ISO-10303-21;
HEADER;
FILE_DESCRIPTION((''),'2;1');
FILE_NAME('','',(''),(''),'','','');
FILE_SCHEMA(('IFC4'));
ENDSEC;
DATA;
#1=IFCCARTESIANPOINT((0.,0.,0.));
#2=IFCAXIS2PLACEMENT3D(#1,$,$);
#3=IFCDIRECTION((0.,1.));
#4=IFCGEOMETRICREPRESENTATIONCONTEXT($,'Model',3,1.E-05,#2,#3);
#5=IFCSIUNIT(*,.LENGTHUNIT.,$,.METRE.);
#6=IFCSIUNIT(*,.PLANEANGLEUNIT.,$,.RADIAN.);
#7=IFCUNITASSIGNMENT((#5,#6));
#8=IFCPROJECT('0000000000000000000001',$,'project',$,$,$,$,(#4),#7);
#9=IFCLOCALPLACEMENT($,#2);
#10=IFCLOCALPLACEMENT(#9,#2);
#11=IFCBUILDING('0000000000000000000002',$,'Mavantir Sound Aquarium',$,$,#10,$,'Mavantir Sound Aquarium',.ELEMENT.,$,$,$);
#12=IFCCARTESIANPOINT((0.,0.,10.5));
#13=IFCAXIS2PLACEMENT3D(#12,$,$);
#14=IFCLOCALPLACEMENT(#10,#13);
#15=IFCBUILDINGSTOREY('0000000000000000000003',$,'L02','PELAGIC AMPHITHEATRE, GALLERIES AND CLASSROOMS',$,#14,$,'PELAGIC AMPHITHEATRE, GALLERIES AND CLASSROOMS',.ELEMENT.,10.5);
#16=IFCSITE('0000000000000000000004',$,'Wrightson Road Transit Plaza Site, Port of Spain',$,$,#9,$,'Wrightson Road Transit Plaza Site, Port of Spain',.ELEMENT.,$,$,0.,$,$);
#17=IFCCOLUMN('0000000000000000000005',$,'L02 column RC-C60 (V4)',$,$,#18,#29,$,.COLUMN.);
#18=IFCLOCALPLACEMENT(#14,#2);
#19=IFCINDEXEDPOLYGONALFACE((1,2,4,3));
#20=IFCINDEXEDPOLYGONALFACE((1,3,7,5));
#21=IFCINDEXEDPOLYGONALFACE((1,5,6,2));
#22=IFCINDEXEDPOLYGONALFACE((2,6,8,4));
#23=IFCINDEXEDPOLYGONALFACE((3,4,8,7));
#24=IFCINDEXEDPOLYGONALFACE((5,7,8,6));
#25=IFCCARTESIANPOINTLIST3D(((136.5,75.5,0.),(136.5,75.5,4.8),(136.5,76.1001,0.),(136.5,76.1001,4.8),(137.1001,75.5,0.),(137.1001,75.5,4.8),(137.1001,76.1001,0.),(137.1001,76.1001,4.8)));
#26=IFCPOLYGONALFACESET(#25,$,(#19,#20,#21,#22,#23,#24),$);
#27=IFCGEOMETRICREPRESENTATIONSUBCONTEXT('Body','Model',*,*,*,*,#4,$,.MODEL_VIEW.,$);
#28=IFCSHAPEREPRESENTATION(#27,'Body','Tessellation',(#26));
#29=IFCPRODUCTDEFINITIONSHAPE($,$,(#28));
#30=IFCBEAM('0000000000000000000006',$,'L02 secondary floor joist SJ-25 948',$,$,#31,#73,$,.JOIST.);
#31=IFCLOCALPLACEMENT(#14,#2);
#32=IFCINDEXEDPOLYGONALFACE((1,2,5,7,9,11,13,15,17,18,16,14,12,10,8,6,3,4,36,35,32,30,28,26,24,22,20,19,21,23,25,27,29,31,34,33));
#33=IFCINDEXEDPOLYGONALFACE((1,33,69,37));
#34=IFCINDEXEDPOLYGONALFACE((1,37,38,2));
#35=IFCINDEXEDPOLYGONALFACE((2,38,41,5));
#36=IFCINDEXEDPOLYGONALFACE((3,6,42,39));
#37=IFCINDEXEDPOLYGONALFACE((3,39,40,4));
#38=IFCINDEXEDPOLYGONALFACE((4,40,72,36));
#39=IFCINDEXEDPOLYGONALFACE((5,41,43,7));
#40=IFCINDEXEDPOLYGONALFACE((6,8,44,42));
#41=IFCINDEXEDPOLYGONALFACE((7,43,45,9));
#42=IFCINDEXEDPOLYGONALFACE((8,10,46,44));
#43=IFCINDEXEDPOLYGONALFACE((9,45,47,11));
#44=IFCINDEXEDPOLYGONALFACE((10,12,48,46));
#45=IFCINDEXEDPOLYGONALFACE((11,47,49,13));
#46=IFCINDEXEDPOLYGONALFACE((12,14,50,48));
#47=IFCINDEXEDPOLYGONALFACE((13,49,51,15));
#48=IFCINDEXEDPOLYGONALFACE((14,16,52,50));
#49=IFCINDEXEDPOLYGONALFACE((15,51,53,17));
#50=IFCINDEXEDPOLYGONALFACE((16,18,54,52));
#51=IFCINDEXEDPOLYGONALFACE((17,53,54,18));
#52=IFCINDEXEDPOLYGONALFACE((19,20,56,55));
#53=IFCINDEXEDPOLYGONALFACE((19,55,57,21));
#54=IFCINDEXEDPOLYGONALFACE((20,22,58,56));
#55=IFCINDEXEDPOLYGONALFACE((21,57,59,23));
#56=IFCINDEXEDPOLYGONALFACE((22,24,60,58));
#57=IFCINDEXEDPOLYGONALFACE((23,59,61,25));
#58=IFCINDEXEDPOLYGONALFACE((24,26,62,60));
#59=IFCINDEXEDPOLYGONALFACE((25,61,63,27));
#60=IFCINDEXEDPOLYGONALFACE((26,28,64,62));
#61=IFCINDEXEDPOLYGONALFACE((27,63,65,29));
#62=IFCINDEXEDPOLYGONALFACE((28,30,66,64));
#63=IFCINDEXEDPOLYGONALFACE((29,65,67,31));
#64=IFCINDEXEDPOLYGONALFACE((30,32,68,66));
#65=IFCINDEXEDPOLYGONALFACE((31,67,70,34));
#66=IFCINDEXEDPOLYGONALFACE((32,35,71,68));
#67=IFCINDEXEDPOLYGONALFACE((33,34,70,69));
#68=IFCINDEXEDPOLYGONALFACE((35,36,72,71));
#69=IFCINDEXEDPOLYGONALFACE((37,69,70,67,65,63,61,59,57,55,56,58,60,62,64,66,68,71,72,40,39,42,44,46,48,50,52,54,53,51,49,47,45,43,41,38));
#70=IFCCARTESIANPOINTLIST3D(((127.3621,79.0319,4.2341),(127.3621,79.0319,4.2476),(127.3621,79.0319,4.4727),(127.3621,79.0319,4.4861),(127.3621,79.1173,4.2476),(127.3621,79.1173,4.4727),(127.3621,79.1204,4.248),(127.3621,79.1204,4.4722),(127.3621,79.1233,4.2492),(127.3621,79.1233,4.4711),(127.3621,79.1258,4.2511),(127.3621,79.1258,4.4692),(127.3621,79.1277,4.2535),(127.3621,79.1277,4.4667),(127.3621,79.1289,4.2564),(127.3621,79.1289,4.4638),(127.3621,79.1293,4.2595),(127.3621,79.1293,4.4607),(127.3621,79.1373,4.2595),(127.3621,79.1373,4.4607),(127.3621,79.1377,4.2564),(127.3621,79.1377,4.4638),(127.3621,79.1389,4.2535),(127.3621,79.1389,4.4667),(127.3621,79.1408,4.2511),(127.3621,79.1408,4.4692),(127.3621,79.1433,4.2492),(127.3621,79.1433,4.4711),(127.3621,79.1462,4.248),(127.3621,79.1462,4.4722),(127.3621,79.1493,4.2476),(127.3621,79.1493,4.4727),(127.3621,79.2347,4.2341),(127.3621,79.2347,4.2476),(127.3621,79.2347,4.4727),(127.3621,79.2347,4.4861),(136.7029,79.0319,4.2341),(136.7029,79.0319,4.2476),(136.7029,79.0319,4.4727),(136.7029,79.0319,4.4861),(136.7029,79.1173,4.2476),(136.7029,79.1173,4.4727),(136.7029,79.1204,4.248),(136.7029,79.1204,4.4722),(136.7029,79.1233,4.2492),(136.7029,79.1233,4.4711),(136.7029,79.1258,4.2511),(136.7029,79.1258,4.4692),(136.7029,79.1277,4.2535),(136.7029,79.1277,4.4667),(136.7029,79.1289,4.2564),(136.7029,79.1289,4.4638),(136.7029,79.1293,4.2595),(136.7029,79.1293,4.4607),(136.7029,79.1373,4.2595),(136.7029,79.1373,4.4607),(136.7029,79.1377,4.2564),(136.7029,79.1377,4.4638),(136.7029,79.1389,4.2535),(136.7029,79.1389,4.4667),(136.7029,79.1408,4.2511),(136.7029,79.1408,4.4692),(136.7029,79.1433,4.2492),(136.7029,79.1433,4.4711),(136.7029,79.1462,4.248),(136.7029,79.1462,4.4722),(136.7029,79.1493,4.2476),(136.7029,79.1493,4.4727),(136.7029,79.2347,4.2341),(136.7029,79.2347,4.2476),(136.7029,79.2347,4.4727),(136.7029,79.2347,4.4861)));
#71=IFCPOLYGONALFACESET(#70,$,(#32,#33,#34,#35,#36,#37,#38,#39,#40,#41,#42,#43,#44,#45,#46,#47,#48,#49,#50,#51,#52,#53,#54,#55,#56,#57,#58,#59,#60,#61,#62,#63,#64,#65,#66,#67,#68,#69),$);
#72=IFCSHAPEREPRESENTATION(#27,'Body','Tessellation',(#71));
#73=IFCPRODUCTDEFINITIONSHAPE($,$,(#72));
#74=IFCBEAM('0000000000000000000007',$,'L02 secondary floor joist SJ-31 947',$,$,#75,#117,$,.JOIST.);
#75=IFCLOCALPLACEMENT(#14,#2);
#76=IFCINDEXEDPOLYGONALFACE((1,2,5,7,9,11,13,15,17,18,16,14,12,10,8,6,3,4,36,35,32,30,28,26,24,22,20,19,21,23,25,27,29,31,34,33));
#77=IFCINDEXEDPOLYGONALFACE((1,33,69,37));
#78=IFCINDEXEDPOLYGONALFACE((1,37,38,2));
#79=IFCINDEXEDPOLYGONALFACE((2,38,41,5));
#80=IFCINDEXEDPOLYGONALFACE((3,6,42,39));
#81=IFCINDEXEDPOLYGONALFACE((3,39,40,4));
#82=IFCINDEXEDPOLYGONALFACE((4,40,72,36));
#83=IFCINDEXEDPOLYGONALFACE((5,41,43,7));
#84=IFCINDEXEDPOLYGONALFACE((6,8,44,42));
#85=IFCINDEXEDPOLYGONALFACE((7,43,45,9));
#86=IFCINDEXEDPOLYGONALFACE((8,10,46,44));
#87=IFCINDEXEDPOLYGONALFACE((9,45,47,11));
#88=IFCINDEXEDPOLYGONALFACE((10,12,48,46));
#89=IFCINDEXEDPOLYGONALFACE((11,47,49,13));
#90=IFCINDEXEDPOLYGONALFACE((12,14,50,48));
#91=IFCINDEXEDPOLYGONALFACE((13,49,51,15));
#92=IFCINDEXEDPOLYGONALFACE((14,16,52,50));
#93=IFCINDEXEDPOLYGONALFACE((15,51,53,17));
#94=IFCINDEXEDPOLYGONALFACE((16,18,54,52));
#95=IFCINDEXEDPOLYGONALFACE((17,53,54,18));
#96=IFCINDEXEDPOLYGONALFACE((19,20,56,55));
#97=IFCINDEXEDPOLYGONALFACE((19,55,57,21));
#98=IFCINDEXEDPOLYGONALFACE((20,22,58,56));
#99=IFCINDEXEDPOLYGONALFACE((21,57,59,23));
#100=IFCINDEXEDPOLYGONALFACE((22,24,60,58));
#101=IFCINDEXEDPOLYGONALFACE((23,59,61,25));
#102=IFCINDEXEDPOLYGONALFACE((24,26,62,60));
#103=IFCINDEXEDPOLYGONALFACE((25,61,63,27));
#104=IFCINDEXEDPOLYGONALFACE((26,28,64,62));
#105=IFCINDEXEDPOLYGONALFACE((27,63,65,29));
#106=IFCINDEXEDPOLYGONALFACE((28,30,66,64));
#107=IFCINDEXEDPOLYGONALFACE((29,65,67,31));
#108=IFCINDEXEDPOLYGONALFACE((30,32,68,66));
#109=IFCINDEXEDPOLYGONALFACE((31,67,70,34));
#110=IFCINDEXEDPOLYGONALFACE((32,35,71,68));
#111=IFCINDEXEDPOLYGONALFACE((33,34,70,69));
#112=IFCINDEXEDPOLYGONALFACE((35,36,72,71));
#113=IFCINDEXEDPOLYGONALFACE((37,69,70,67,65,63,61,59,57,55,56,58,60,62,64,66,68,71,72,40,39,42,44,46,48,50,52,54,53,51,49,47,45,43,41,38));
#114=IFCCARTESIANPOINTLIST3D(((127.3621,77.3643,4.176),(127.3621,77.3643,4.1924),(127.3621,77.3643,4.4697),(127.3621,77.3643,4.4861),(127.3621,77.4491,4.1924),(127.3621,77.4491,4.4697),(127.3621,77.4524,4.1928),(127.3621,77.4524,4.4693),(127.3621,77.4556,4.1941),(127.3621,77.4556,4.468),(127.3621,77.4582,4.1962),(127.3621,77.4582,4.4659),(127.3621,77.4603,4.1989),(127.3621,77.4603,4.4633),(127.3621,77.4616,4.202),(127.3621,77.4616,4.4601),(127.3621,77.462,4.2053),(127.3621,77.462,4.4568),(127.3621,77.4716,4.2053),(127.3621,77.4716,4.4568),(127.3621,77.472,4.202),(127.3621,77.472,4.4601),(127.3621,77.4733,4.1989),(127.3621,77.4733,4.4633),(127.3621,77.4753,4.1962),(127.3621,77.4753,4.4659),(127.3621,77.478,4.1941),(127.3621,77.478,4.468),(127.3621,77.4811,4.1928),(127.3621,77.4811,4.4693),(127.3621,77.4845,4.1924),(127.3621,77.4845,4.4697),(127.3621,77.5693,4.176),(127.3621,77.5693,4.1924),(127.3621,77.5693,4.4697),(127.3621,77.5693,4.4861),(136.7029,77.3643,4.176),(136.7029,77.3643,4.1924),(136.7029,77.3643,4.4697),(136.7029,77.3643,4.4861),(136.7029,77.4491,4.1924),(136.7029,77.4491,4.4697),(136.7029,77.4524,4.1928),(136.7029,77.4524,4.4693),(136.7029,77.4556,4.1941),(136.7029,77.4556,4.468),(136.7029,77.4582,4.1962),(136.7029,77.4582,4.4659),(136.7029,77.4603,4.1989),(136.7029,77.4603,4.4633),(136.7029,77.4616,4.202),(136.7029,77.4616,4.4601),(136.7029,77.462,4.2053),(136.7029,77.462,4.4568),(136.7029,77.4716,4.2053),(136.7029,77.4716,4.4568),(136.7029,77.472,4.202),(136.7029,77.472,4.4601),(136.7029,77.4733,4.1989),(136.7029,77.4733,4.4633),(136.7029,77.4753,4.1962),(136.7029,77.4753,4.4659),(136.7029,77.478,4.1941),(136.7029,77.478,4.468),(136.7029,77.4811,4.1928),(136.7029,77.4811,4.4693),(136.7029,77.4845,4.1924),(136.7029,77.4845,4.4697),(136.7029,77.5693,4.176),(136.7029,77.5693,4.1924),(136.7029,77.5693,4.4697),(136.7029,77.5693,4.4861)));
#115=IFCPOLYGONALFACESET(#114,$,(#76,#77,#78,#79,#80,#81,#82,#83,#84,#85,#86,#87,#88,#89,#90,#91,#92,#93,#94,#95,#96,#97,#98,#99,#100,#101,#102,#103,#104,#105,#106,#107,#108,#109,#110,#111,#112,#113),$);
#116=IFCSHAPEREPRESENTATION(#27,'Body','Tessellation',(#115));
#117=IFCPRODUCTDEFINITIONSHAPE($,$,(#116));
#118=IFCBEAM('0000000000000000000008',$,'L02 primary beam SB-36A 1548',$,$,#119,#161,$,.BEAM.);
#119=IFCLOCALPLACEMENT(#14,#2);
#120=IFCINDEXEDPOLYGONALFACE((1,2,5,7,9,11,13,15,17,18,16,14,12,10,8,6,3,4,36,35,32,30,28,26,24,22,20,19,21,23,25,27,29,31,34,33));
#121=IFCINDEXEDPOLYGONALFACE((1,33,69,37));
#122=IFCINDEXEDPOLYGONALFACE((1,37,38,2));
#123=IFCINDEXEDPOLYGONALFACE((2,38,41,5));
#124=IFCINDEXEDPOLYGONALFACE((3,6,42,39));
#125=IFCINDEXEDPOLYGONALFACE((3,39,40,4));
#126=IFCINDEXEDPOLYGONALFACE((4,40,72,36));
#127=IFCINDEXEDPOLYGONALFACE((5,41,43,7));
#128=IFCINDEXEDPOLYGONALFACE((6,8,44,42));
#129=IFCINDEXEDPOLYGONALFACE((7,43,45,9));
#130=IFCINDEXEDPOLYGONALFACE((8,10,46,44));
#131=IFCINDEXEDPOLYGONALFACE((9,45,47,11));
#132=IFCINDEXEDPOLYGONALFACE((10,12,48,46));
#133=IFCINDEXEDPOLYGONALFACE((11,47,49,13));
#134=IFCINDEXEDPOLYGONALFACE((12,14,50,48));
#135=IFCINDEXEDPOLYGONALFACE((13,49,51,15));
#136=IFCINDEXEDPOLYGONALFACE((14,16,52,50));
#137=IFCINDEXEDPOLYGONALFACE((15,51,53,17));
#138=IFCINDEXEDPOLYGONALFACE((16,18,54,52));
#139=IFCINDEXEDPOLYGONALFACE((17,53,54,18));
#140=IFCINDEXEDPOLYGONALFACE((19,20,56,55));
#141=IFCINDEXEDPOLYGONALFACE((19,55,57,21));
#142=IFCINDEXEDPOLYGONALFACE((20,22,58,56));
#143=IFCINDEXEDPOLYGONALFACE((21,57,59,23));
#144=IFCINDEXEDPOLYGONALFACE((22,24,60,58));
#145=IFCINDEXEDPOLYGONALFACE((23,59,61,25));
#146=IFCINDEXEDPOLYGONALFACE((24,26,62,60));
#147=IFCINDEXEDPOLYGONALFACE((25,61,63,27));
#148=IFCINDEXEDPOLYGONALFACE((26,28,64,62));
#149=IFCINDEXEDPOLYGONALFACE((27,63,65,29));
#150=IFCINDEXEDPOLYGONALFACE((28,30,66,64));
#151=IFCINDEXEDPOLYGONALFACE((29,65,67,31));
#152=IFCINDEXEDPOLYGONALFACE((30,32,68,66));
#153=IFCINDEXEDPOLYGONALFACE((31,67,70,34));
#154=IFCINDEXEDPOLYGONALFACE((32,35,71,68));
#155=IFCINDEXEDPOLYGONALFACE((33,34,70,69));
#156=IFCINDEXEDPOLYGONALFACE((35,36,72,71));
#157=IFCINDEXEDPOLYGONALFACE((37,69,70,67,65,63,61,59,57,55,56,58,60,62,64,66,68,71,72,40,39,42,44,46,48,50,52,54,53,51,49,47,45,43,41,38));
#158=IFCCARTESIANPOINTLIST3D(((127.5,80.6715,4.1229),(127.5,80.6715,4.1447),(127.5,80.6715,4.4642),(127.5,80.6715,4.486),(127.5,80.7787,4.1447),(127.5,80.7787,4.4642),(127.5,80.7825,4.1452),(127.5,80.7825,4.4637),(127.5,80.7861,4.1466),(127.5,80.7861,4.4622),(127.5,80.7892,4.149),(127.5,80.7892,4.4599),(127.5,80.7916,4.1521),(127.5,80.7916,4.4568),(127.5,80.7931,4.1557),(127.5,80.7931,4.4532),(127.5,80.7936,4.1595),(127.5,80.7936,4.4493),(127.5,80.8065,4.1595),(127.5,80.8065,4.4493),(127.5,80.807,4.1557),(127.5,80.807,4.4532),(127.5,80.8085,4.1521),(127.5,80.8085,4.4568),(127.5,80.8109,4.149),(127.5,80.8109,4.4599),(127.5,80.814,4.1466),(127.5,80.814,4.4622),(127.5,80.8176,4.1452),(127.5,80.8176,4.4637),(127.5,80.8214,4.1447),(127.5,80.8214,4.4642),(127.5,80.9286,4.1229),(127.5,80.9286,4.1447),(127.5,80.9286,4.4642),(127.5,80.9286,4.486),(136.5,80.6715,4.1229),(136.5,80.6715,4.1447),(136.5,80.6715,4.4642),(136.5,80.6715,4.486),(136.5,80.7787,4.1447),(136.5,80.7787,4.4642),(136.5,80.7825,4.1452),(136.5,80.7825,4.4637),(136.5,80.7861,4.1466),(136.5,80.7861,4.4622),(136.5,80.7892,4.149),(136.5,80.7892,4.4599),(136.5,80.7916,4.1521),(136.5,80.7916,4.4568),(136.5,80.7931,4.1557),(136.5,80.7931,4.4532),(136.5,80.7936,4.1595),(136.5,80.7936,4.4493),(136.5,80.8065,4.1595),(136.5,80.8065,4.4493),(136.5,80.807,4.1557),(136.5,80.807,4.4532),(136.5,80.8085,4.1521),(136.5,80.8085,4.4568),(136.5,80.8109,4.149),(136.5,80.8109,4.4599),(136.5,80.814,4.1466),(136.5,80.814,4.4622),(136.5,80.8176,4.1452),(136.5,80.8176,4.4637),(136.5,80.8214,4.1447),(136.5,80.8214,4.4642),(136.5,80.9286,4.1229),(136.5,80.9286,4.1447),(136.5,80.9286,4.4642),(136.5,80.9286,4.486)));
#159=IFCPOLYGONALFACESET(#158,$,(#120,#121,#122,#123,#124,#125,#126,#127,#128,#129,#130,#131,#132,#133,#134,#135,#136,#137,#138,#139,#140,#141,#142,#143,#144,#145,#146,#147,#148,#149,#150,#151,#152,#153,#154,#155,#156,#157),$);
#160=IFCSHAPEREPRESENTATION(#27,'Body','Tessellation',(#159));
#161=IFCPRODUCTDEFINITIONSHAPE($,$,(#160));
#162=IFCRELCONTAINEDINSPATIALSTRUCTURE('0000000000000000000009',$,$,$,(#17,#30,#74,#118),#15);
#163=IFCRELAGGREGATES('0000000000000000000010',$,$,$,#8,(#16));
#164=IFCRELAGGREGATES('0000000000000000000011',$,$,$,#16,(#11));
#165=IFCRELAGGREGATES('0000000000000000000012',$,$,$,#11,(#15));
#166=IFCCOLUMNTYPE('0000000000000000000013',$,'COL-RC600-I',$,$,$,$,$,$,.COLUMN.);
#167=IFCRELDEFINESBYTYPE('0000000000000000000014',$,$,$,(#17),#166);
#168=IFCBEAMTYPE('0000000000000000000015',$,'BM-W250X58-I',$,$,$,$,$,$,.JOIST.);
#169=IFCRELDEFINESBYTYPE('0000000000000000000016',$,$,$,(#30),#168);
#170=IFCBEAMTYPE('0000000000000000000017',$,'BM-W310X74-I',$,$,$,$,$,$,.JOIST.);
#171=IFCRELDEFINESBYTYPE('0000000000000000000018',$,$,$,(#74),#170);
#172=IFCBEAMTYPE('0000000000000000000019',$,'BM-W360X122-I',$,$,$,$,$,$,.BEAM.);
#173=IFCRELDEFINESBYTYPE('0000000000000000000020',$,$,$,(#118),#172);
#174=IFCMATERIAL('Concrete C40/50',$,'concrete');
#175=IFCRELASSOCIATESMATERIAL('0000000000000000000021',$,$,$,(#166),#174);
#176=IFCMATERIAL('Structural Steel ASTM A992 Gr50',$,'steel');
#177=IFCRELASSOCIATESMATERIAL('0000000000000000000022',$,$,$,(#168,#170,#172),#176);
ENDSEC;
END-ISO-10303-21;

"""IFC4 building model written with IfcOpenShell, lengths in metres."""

from ifc_helpers import new_model, si_unit, direction, frame, origin, origin_2d, place, context, subcontext, project, spatial, rectangle, i_section, extrude, material, material_profile, profile_set, type_object, element, save


model = new_model("IFC4")

# Units and contexts
model_context = context("Model", 3, precision=1e-05, world=origin(), true_north=direction((0.0, 1.0)))
body_context = subcontext(model_context, "Body", "Model", "MODEL_VIEW")
ifc_project = project(units=[si_unit("LENGTHUNIT", "METRE"), si_unit("PLANEANGLEUNIT", "RADIAN")], contexts=[model_context])

# Site, building, storey
site_placement = place(None, origin())
site = spatial("IfcSite", under=ifc_project, at=site_placement, Name="Wrightson Road Transit Plaza Site, Port of Spain", LongName="Wrightson Road Transit Plaza Site, Port of Spain", CompositionType="ELEMENT", RefElevation=0.0)
building_placement = place(site_placement, origin())
building = spatial("IfcBuilding", under=site, at=building_placement, Name="Mavantir Sound Aquarium", LongName="Mavantir Sound Aquarium", CompositionType="ELEMENT")
storey_placement = place(building_placement, frame((0.0, 0.0, 10.5)))
storey = spatial("IfcBuildingStorey", under=building, at=storey_placement, Name="L02", Description="PELAGIC AMPHITHEATRE, GALLERIES AND CLASSROOMS", LongName="PELAGIC AMPHITHEATRE, GALLERIES AND CLASSROOMS", CompositionType="ELEMENT", Elevation=10.5)

# Column
ifc_material_1 = material(Name="Concrete C40/50", Category="concrete")
ifc_material_profile_1 = material_profile(ifc_material_1, rectangle(XDim=0.6001, YDim=0.6001, at=origin_2d()), Name="RC 600X600")
ifc_profile_set_1 = profile_set([ifc_material_profile_1], Name="Concrete C40/50")
column_type = type_object("IfcColumnType", Name="COL-RC600-I", PredefinedType="COLUMN", material=ifc_profile_set_1)
column_placement = place(storey_placement, frame((136.8, 75.8, 0.0), z_axis=(0.0, 0.0, 1.0), x_axis=(1.0, 0.0, 0.0)))
element("IfcColumn", 1, at=column_placement, inside=storey, type_object=column_type, Name="L02 column RC-C60 (V4)", PredefinedType="COLUMN", context=body_context, shape_type="SweptSolid", body=[
    extrude(rectangle(XDim=0.6001, YDim=0.6001, at=origin_2d()), origin(), (0.0, 0.0, 1.0), 4.8),
])

# Beams
ifc_material_2 = material(Name="Structural Steel ASTM A992 Gr50", Category="steel")
ifc_material_profile_2 = material_profile(ifc_material_2, i_section(OverallWidth=0.2029, OverallDepth=0.252, WebThickness=0.0081, FlangeThickness=0.0134, FilletRadius=0.012, at=origin_2d()), Name="W250X58")
ifc_profile_set_2 = profile_set([ifc_material_profile_2], Name="Structural Steel ASTM A992 Gr50")
beam_type_1 = type_object("IfcBeamType", Name="BM-W250X58-I", PredefinedType="JOIST", material=ifc_profile_set_2)
beam_1_placement = place(storey_placement, frame((127.3621, 79.1333, 4.3601), z_axis=(1.0, 0.0, 0.0), x_axis=(0.0, 1.0, 0.0)))
element("IfcBeam", 2, at=beam_1_placement, inside=storey, type_object=beam_type_1, Name="L02 secondary floor joist SJ-25 948", PredefinedType="JOIST", context=body_context, shape_type="SweptSolid", body=[
    extrude(i_section(OverallWidth=0.2029, OverallDepth=0.252, WebThickness=0.0081, FlangeThickness=0.0134, FilletRadius=0.012, at=origin_2d()), origin(), (0.0, 0.0, 1.0), 9.3408),
])
ifc_material_profile_3 = material_profile(ifc_material_2, i_section(OverallWidth=0.2051, OverallDepth=0.3101, WebThickness=0.0095, FlangeThickness=0.0164, FilletRadius=0.0129, at=origin_2d()), Name="W310X74")
ifc_profile_set_3 = profile_set([ifc_material_profile_3], Name="Structural Steel ASTM A992 Gr50")
beam_type_2 = type_object("IfcBeamType", Name="BM-W310X74-I", PredefinedType="JOIST", material=ifc_profile_set_3)
beam_2_placement = place(storey_placement, frame((127.3621, 77.4668, 4.3311), z_axis=(1.0, 0.0, 0.0), x_axis=(0.0, 1.0, 0.0)))
element("IfcBeam", 3, at=beam_2_placement, inside=storey, type_object=beam_type_2, Name="L02 secondary floor joist SJ-31 947", PredefinedType="JOIST", context=body_context, shape_type="SweptSolid", body=[
    extrude(i_section(OverallWidth=0.2051, OverallDepth=0.3101, WebThickness=0.0095, FlangeThickness=0.0164, FilletRadius=0.0129, at=origin_2d()), origin(), (0.0, 0.0, 1.0), 9.3408),
])
ifc_material_profile_4 = material_profile(ifc_material_2, i_section(OverallWidth=0.2571, OverallDepth=0.363, WebThickness=0.0129, FlangeThickness=0.0217, FilletRadius=0.0149, at=origin_2d()), Name="W360X122")
ifc_profile_set_4 = profile_set([ifc_material_profile_4], Name="Structural Steel ASTM A992 Gr50")
beam_type_3 = type_object("IfcBeamType", Name="BM-W360X122-I", PredefinedType="BEAM", material=ifc_profile_set_4)
beam_3_placement = place(storey_placement, frame((127.5, 80.8, 4.3044), z_axis=(1.0, 0.0, 0.0), x_axis=(0.0, 1.0, 0.0)))
element("IfcBeam", 4, at=beam_3_placement, inside=storey, type_object=beam_type_3, Name="L02 primary beam SB-36A 1548", PredefinedType="BEAM", context=body_context, shape_type="SweptSolid", body=[
    extrude(i_section(OverallWidth=0.2571, OverallDepth=0.363, WebThickness=0.0129, FlangeThickness=0.0217, FilletRadius=0.0149, at=origin_2d()), origin(), (0.0, 0.0, 1.0), 9.0),
])

save(model, "model.ifc")
